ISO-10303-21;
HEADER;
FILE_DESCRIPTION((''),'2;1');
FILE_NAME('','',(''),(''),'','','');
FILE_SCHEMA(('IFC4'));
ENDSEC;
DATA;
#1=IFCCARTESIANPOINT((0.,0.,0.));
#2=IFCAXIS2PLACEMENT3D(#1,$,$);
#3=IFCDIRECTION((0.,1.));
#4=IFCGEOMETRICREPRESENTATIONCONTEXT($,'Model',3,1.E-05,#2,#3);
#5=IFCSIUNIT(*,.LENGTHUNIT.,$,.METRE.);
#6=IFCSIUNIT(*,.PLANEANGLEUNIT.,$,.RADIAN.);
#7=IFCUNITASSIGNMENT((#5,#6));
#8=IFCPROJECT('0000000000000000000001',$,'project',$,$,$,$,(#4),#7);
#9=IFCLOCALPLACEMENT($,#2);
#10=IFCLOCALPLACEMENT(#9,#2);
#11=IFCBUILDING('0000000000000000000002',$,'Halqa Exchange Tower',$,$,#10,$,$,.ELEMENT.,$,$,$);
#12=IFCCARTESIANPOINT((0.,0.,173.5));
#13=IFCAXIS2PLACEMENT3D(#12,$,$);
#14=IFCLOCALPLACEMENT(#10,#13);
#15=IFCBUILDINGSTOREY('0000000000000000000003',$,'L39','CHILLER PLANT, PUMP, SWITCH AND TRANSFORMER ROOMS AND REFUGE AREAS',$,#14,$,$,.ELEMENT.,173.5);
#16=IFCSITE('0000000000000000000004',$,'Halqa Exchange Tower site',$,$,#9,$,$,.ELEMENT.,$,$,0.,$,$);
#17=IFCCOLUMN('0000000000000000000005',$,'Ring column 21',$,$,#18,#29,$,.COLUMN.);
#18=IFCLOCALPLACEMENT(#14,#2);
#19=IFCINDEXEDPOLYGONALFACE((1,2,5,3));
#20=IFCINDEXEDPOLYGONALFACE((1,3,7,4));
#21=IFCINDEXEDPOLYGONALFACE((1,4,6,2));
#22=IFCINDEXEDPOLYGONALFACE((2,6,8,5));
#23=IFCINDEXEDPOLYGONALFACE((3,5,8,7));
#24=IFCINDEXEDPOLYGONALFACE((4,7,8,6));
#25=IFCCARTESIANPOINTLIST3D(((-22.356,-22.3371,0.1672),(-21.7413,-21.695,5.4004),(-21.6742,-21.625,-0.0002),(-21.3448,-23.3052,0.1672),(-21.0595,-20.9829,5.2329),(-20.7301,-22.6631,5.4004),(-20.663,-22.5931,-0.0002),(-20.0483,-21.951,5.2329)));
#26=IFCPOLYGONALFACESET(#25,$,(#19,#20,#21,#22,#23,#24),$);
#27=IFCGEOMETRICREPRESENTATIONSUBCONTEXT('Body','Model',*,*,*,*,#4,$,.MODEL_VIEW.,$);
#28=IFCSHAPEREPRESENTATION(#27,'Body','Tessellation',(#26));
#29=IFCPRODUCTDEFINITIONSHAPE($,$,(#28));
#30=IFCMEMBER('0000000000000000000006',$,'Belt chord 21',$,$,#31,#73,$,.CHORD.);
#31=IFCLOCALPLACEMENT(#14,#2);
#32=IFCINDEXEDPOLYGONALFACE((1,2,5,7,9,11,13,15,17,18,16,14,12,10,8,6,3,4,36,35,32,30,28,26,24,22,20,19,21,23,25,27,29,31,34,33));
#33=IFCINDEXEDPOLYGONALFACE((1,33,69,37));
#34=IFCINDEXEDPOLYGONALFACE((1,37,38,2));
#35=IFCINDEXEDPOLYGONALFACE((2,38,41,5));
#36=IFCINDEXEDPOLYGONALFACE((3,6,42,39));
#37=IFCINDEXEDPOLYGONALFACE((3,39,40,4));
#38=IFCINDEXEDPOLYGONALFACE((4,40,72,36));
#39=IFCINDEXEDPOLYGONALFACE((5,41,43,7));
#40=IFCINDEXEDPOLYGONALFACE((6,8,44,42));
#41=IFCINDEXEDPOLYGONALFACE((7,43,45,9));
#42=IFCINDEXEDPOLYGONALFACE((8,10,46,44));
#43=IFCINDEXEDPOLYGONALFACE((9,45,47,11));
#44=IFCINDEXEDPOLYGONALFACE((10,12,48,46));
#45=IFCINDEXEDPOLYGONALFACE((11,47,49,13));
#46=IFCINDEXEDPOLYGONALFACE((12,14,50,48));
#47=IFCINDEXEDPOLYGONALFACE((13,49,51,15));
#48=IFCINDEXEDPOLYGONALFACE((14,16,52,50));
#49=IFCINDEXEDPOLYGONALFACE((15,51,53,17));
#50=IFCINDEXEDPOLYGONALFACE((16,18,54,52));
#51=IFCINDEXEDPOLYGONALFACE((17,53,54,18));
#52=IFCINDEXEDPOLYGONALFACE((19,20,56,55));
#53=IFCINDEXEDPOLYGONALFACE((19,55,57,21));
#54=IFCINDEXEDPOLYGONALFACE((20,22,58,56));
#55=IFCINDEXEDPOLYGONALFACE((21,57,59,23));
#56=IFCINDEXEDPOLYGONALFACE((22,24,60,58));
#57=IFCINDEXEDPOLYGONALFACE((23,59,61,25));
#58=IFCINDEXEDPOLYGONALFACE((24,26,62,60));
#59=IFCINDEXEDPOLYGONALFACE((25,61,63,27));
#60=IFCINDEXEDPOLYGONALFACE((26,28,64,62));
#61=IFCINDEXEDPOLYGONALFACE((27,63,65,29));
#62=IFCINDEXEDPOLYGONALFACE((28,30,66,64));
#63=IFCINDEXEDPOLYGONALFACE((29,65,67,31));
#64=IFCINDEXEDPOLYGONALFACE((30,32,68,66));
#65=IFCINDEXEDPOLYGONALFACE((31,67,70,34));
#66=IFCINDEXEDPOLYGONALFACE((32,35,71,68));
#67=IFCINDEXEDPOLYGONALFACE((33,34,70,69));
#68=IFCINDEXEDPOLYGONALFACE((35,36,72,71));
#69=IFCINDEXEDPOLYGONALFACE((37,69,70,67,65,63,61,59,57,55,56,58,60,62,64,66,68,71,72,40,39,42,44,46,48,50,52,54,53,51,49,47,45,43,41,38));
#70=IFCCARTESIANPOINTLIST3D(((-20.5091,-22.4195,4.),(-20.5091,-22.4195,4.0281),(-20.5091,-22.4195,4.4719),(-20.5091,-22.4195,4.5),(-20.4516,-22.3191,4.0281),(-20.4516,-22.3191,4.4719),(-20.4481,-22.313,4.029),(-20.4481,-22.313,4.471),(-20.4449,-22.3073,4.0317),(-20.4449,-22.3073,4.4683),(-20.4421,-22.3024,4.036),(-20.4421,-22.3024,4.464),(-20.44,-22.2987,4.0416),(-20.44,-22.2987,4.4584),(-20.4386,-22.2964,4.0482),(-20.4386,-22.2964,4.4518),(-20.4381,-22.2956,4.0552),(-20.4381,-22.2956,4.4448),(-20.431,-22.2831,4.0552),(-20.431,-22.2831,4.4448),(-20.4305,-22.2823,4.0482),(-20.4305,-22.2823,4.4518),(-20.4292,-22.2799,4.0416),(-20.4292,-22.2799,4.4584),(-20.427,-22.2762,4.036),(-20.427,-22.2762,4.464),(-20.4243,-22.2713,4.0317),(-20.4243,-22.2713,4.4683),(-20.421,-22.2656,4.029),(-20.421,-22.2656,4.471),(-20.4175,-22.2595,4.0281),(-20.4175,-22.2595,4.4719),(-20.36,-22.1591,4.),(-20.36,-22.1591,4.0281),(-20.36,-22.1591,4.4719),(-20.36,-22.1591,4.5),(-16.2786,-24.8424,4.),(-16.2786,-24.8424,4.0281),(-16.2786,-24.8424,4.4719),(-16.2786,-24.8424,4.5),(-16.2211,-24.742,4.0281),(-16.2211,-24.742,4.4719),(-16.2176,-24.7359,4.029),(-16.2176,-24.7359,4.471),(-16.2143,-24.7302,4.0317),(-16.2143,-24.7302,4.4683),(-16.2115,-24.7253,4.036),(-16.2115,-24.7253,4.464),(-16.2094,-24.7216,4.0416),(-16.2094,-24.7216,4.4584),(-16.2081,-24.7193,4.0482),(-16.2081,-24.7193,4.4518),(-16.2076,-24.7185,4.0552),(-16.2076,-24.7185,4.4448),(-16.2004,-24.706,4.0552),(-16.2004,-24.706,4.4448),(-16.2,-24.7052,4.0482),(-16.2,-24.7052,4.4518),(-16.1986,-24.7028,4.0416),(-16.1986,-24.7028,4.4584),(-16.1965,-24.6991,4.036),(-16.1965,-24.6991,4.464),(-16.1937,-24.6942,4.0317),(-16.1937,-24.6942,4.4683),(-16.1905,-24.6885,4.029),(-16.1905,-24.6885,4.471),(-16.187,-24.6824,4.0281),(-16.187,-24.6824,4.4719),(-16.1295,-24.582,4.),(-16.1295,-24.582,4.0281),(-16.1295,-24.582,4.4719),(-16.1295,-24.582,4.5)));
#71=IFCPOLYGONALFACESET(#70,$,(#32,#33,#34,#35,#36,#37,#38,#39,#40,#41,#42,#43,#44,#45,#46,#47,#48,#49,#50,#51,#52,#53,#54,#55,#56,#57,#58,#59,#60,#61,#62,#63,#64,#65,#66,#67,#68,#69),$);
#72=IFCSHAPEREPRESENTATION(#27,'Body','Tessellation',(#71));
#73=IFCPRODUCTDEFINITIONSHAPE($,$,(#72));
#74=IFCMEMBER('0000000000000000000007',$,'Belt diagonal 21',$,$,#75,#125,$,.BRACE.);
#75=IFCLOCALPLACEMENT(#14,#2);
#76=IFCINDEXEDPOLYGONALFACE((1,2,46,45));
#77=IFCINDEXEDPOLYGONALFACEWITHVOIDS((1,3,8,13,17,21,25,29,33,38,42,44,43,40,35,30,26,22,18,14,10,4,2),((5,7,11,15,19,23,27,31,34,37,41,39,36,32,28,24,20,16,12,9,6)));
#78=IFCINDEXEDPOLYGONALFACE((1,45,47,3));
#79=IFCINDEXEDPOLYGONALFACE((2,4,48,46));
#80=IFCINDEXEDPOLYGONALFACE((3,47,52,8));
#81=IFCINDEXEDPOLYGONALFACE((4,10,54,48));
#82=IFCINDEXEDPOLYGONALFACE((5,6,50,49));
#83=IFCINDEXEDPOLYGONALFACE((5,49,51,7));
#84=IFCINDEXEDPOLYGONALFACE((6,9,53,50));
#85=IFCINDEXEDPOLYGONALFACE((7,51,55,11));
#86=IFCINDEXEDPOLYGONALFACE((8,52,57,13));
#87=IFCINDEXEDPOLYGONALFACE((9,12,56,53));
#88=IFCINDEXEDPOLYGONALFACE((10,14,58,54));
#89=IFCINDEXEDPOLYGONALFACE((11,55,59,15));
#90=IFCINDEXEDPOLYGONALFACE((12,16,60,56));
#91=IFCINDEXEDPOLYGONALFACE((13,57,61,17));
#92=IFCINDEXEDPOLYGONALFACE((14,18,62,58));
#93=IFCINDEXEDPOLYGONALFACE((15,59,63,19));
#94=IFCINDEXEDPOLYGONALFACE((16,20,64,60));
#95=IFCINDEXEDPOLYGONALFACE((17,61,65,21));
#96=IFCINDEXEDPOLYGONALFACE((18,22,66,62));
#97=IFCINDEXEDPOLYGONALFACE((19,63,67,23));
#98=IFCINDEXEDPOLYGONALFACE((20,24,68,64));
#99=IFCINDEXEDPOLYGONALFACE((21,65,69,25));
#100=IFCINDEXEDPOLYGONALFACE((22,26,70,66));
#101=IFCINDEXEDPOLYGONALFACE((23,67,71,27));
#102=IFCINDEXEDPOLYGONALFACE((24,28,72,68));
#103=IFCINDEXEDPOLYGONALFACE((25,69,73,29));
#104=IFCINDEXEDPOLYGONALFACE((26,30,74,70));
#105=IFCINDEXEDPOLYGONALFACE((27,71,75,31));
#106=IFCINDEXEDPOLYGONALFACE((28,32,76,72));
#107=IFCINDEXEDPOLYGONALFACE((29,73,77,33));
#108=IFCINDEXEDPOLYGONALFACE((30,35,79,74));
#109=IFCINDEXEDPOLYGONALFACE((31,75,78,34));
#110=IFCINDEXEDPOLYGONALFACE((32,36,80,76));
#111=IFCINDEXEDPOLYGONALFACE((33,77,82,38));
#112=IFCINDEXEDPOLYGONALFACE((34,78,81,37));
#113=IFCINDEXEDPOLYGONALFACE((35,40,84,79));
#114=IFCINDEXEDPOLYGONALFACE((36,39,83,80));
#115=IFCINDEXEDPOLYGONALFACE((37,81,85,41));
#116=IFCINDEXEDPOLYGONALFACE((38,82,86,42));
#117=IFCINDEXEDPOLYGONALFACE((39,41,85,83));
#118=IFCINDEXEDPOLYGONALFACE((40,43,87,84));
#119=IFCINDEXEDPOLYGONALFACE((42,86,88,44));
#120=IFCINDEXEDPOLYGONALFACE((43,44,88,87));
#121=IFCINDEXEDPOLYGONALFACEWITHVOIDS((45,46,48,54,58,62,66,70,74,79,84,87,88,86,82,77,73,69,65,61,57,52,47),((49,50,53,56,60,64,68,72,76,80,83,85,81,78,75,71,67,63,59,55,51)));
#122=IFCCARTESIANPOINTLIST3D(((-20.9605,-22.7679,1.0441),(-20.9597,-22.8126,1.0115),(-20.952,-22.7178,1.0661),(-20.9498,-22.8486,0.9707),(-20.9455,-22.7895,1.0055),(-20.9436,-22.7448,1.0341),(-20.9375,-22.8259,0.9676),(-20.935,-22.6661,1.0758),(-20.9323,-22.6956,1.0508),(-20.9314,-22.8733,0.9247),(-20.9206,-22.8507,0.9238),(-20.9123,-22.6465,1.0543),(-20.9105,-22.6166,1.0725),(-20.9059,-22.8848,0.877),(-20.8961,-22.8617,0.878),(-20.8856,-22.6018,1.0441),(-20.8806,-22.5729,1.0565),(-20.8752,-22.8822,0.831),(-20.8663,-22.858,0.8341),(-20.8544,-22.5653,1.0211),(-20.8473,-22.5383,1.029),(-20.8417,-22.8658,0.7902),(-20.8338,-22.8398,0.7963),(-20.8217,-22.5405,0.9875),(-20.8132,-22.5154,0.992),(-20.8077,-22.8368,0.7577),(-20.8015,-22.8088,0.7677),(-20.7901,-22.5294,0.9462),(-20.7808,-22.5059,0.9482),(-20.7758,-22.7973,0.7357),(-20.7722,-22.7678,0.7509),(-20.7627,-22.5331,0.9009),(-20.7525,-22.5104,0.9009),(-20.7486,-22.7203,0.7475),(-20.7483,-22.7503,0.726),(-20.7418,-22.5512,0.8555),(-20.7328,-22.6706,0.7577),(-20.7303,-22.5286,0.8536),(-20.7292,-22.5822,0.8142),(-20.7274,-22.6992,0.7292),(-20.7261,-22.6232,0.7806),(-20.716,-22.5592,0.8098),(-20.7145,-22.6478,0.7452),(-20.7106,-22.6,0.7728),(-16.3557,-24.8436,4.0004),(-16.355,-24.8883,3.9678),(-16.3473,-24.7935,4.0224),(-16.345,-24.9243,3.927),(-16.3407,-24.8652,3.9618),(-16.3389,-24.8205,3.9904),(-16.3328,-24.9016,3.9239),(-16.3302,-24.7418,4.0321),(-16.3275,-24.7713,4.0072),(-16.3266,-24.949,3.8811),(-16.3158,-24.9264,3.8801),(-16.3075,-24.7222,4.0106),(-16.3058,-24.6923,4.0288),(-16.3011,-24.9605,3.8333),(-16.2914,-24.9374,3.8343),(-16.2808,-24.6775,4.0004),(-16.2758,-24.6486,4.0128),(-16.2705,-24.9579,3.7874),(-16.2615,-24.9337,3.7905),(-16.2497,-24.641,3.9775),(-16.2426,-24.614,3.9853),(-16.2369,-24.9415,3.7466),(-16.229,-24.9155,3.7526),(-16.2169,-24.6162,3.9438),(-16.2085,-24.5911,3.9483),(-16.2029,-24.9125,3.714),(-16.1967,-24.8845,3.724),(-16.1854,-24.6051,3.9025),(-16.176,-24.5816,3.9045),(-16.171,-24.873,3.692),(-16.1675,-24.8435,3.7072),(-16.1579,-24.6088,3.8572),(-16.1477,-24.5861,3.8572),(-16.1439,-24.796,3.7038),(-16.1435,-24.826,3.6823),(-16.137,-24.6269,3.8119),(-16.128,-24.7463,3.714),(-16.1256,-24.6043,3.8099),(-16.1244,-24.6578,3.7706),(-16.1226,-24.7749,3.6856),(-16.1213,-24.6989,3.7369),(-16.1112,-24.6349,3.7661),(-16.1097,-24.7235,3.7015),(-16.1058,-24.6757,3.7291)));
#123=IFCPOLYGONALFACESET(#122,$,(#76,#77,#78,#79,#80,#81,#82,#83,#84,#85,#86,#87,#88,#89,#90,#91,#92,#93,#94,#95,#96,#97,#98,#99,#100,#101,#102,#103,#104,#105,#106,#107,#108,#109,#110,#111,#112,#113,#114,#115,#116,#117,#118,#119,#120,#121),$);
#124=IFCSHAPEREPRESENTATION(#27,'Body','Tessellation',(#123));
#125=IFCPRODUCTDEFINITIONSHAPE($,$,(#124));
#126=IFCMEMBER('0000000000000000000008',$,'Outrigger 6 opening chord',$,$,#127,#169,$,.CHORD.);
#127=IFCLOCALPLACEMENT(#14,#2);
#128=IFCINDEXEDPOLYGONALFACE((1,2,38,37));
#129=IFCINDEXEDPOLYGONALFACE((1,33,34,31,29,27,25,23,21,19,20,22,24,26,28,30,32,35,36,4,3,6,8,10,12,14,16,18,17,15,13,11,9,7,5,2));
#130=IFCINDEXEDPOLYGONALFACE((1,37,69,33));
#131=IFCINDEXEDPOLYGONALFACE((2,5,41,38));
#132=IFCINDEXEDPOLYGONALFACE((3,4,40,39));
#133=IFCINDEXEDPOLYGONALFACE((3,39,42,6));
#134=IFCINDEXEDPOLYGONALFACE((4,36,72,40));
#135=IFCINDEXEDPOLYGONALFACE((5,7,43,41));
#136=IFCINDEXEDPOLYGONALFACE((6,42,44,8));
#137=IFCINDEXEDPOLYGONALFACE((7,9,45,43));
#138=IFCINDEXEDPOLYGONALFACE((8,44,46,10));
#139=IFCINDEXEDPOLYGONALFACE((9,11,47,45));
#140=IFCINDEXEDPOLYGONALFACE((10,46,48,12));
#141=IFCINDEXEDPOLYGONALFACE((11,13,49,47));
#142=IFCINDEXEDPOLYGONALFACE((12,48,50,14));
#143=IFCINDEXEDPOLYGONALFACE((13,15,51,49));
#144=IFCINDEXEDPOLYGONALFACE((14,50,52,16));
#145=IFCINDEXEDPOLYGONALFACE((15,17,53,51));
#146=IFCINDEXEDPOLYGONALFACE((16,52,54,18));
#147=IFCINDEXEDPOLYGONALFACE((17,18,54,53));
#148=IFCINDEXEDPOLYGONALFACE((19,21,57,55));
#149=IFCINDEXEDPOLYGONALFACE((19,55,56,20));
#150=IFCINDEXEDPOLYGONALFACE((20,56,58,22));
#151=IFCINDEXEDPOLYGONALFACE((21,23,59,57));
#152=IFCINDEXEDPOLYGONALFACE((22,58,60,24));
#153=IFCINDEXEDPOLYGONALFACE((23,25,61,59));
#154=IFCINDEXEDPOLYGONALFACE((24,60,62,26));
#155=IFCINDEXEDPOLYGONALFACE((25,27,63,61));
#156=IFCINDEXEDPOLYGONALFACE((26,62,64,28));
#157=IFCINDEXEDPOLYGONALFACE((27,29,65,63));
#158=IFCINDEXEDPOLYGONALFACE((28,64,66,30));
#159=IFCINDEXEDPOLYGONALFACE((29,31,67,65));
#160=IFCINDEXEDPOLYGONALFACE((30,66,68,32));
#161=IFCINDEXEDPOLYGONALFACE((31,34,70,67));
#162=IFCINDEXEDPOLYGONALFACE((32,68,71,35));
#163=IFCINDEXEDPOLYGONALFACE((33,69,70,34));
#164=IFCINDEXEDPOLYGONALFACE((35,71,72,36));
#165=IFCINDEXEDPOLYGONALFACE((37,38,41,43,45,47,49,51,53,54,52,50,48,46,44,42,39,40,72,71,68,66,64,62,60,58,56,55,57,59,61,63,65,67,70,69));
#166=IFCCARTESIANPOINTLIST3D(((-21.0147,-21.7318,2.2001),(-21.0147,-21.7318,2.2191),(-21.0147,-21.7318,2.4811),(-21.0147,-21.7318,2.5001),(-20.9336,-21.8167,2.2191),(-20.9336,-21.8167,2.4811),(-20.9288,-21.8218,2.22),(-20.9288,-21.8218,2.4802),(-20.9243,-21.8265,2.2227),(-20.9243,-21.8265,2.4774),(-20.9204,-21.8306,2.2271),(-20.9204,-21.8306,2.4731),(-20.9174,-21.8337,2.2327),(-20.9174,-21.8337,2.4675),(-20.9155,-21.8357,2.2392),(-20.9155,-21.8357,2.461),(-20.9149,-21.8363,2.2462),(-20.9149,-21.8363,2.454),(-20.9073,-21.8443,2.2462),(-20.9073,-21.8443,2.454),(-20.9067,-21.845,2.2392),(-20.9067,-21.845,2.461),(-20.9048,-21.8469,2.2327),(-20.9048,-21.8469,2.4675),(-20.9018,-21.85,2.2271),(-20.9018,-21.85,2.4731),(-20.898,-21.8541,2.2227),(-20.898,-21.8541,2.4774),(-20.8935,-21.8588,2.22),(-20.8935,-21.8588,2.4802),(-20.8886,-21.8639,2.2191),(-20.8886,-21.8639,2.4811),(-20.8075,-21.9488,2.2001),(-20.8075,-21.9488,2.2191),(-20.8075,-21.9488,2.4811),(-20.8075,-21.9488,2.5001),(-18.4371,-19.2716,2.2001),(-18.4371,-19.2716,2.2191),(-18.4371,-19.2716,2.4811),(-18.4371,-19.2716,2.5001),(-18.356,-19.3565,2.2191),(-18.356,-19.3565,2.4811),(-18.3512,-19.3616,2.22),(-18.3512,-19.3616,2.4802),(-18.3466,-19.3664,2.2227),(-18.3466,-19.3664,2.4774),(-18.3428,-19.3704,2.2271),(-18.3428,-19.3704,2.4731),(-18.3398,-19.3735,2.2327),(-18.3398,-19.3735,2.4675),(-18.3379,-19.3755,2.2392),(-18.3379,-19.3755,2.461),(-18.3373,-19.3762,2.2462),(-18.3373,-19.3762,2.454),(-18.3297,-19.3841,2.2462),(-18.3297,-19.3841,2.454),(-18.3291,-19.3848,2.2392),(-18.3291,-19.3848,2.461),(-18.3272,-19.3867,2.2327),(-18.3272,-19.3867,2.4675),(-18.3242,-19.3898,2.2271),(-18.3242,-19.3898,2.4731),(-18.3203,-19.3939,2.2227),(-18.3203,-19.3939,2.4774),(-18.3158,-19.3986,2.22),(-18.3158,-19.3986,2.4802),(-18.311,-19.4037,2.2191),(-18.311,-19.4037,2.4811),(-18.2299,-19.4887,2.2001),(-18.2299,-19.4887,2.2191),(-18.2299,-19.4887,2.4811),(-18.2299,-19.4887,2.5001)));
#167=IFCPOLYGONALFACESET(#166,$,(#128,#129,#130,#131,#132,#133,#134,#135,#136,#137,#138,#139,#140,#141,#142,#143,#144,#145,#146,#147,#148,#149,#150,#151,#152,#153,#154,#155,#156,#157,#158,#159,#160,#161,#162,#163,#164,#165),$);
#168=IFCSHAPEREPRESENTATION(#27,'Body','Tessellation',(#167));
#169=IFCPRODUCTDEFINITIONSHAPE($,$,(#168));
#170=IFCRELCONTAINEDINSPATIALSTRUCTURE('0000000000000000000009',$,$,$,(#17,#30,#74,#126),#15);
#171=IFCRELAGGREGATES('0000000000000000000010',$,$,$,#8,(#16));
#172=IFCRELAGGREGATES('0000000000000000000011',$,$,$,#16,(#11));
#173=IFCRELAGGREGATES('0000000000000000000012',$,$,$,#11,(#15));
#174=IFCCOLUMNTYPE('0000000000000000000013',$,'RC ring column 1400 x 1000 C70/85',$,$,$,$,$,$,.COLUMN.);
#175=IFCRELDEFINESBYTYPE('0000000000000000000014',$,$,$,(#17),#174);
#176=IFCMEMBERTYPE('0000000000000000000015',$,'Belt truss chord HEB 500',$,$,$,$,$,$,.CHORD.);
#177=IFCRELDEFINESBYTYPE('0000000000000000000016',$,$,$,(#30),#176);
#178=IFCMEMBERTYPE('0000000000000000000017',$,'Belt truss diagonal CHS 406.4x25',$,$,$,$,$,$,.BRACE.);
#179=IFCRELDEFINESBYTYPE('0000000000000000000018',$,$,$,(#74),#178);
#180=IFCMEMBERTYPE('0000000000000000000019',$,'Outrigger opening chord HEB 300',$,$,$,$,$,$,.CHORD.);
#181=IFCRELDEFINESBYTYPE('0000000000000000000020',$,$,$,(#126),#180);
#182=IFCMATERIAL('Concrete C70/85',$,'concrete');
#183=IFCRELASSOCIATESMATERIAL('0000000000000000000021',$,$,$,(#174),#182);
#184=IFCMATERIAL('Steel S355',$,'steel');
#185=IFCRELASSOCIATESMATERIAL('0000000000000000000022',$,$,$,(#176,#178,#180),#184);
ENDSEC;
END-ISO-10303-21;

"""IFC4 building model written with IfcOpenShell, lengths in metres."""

from ifc_helpers import new_model, si_unit, direction, frame, origin, origin_2d, place, context, subcontext, project, spatial, rectangle, hollow_circle, i_section, extrude, material, material_profile, profile_set, type_object, element, save


model = new_model("IFC4")

# Units and contexts
model_context = context("Model", 3, precision=1e-05, world=origin(), true_north=direction((0.0, 1.0)))
body_context = subcontext(model_context, "Body", "Model", "MODEL_VIEW")
ifc_project = project(units=[si_unit("LENGTHUNIT", "METRE"), si_unit("PLANEANGLEUNIT", "RADIAN")], contexts=[model_context])

# Site, building, storey
site_placement = place(None, origin())
site = spatial("IfcSite", under=ifc_project, at=site_placement, Name="Halqa Exchange Tower site", CompositionType="ELEMENT", RefElevation=0.0)
building_placement = place(site_placement, origin())
building = spatial("IfcBuilding", under=site, at=building_placement, Name="Halqa Exchange Tower", CompositionType="ELEMENT")
storey_placement = place(building_placement, frame((0.0, 0.0, 173.5)))
storey = spatial("IfcBuildingStorey", under=building, at=storey_placement, Name="L39", Description="CHILLER PLANT, PUMP, SWITCH AND TRANSFORMER ROOMS AND REFUGE AREAS", CompositionType="ELEMENT", Elevation=173.5)

# Column
ifc_material_1 = material(Name="Concrete C70/85", Category="concrete")
ifc_material_profile_1 = material_profile(ifc_material_1, rectangle(XDim=1.3999, YDim=1.0, at=origin_2d()), Name="1400 x 1000")
ifc_profile_set_1 = profile_set([ifc_material_profile_1], Name="Concrete C70/85")
column_type = type_object("IfcColumnType", Name="RC ring column 1400 x 1000 C70/85", PredefinedType="COLUMN", material=ifc_profile_set_1)
column_placement = place(storey_placement, frame((-21.5095, -22.4651, 0.0835), z_axis=(0.115812, 0.120964, 0.985878), x_axis=(-0.72232, 0.691559, 0.0)))
element("IfcColumn", 1, at=column_placement, inside=storey, type_object=column_type, Name="Ring column 21", PredefinedType="COLUMN", context=body_context, shape_type="SweptSolid", body=[
    extrude(rectangle(XDim=1.3999, YDim=1.0, at=origin_2d()), origin(), (0.0, 0.0, 1.0), 5.3081),
])

# Members
ifc_material_2 = material(Name="Steel S355", Category="steel")
ifc_material_profile_2 = material_profile(ifc_material_2, i_section(OverallWidth=0.3, OverallDepth=0.5, WebThickness=0.0144, FlangeThickness=0.0281, FilletRadius=0.0271, at=origin_2d()), Name="HEB 500")
ifc_profile_set_2 = profile_set([ifc_material_profile_2], Name="Steel S355")
member_type_1 = type_object("IfcMemberType", Name="Belt truss chord HEB 500", PredefinedType="CHORD", material=ifc_profile_set_2)
member_1_placement = place(storey_placement, frame((-20.4346, -22.2893, 4.25), z_axis=(0.867762, -0.49698, 0.0), x_axis=(0.49698, 0.867762, 0.0)))
element("IfcMember", 2, at=member_1_placement, inside=storey, type_object=member_type_1, Name="Belt chord 21", PredefinedType="CHORD", context=body_context, shape_type="SweptSolid", body=[
    extrude(i_section(OverallWidth=0.3, OverallDepth=0.5, WebThickness=0.0144, FlangeThickness=0.0281, FilletRadius=0.0271, at=origin_2d()), origin(), (0.0, 0.0, 1.0), 4.8752),
])
ifc_material_profile_3 = material_profile(ifc_material_2, hollow_circle(Radius=0.2031, WallThickness=0.0249, at=origin_2d()), Name="CHS 406.4x25")
ifc_profile_set_3 = profile_set([ifc_material_profile_3], Name="Steel S355")
member_type_2 = type_object("IfcMemberType", Name="Belt truss diagonal CHS 406.4x25", PredefinedType="BRACE", material=ifc_profile_set_3)
member_2_placement = place(storey_placement, frame((-20.8359, -22.6956, 0.9009), z_axis=(0.786798, -0.354666, 0.505134), x_axis=(0.410949, 0.911658, 0.0)))
element("IfcMember", 3, at=member_2_placement, inside=storey, type_object=member_type_2, Name="Belt diagonal 21", PredefinedType="BRACE", context=body_context, shape_type="SweptSolid", body=[
    extrude(hollow_circle(Radius=0.2031, WallThickness=0.0249, at=origin_2d()), origin(), (0.0, 0.0, 1.0), 5.8525),
])
ifc_material_profile_4 = material_profile(ifc_material_2, i_section(OverallWidth=0.3, OverallDepth=0.3, WebThickness=0.011, FlangeThickness=0.019, FilletRadius=0.0271, at=origin_2d()), Name="HEB 300")
ifc_profile_set_4 = profile_set([ifc_material_profile_4], Name="Steel S355")
member_type_3 = type_object("IfcMemberType", Name="Outrigger opening chord HEB 300", PredefinedType="CHORD", material=ifc_profile_set_4)
member_3_placement = place(storey_placement, frame((-18.3335, -19.3801, 2.3501), z_axis=(-0.723393, -0.690437, 0.0), x_axis=(0.690437, -0.723393, 0.0)))
element("IfcMember", 4, at=member_3_placement, inside=storey, type_object=member_type_3, Name="Outrigger 6 opening chord", PredefinedType="CHORD", context=body_context, shape_type="SweptSolid", body=[
    extrude(i_section(OverallWidth=0.3, OverallDepth=0.3, WebThickness=0.011, FlangeThickness=0.019, FilletRadius=0.0271, at=origin_2d()), origin(), (0.0, 0.0, 1.0), 3.5632),
])

save(model, "model.ifc")
